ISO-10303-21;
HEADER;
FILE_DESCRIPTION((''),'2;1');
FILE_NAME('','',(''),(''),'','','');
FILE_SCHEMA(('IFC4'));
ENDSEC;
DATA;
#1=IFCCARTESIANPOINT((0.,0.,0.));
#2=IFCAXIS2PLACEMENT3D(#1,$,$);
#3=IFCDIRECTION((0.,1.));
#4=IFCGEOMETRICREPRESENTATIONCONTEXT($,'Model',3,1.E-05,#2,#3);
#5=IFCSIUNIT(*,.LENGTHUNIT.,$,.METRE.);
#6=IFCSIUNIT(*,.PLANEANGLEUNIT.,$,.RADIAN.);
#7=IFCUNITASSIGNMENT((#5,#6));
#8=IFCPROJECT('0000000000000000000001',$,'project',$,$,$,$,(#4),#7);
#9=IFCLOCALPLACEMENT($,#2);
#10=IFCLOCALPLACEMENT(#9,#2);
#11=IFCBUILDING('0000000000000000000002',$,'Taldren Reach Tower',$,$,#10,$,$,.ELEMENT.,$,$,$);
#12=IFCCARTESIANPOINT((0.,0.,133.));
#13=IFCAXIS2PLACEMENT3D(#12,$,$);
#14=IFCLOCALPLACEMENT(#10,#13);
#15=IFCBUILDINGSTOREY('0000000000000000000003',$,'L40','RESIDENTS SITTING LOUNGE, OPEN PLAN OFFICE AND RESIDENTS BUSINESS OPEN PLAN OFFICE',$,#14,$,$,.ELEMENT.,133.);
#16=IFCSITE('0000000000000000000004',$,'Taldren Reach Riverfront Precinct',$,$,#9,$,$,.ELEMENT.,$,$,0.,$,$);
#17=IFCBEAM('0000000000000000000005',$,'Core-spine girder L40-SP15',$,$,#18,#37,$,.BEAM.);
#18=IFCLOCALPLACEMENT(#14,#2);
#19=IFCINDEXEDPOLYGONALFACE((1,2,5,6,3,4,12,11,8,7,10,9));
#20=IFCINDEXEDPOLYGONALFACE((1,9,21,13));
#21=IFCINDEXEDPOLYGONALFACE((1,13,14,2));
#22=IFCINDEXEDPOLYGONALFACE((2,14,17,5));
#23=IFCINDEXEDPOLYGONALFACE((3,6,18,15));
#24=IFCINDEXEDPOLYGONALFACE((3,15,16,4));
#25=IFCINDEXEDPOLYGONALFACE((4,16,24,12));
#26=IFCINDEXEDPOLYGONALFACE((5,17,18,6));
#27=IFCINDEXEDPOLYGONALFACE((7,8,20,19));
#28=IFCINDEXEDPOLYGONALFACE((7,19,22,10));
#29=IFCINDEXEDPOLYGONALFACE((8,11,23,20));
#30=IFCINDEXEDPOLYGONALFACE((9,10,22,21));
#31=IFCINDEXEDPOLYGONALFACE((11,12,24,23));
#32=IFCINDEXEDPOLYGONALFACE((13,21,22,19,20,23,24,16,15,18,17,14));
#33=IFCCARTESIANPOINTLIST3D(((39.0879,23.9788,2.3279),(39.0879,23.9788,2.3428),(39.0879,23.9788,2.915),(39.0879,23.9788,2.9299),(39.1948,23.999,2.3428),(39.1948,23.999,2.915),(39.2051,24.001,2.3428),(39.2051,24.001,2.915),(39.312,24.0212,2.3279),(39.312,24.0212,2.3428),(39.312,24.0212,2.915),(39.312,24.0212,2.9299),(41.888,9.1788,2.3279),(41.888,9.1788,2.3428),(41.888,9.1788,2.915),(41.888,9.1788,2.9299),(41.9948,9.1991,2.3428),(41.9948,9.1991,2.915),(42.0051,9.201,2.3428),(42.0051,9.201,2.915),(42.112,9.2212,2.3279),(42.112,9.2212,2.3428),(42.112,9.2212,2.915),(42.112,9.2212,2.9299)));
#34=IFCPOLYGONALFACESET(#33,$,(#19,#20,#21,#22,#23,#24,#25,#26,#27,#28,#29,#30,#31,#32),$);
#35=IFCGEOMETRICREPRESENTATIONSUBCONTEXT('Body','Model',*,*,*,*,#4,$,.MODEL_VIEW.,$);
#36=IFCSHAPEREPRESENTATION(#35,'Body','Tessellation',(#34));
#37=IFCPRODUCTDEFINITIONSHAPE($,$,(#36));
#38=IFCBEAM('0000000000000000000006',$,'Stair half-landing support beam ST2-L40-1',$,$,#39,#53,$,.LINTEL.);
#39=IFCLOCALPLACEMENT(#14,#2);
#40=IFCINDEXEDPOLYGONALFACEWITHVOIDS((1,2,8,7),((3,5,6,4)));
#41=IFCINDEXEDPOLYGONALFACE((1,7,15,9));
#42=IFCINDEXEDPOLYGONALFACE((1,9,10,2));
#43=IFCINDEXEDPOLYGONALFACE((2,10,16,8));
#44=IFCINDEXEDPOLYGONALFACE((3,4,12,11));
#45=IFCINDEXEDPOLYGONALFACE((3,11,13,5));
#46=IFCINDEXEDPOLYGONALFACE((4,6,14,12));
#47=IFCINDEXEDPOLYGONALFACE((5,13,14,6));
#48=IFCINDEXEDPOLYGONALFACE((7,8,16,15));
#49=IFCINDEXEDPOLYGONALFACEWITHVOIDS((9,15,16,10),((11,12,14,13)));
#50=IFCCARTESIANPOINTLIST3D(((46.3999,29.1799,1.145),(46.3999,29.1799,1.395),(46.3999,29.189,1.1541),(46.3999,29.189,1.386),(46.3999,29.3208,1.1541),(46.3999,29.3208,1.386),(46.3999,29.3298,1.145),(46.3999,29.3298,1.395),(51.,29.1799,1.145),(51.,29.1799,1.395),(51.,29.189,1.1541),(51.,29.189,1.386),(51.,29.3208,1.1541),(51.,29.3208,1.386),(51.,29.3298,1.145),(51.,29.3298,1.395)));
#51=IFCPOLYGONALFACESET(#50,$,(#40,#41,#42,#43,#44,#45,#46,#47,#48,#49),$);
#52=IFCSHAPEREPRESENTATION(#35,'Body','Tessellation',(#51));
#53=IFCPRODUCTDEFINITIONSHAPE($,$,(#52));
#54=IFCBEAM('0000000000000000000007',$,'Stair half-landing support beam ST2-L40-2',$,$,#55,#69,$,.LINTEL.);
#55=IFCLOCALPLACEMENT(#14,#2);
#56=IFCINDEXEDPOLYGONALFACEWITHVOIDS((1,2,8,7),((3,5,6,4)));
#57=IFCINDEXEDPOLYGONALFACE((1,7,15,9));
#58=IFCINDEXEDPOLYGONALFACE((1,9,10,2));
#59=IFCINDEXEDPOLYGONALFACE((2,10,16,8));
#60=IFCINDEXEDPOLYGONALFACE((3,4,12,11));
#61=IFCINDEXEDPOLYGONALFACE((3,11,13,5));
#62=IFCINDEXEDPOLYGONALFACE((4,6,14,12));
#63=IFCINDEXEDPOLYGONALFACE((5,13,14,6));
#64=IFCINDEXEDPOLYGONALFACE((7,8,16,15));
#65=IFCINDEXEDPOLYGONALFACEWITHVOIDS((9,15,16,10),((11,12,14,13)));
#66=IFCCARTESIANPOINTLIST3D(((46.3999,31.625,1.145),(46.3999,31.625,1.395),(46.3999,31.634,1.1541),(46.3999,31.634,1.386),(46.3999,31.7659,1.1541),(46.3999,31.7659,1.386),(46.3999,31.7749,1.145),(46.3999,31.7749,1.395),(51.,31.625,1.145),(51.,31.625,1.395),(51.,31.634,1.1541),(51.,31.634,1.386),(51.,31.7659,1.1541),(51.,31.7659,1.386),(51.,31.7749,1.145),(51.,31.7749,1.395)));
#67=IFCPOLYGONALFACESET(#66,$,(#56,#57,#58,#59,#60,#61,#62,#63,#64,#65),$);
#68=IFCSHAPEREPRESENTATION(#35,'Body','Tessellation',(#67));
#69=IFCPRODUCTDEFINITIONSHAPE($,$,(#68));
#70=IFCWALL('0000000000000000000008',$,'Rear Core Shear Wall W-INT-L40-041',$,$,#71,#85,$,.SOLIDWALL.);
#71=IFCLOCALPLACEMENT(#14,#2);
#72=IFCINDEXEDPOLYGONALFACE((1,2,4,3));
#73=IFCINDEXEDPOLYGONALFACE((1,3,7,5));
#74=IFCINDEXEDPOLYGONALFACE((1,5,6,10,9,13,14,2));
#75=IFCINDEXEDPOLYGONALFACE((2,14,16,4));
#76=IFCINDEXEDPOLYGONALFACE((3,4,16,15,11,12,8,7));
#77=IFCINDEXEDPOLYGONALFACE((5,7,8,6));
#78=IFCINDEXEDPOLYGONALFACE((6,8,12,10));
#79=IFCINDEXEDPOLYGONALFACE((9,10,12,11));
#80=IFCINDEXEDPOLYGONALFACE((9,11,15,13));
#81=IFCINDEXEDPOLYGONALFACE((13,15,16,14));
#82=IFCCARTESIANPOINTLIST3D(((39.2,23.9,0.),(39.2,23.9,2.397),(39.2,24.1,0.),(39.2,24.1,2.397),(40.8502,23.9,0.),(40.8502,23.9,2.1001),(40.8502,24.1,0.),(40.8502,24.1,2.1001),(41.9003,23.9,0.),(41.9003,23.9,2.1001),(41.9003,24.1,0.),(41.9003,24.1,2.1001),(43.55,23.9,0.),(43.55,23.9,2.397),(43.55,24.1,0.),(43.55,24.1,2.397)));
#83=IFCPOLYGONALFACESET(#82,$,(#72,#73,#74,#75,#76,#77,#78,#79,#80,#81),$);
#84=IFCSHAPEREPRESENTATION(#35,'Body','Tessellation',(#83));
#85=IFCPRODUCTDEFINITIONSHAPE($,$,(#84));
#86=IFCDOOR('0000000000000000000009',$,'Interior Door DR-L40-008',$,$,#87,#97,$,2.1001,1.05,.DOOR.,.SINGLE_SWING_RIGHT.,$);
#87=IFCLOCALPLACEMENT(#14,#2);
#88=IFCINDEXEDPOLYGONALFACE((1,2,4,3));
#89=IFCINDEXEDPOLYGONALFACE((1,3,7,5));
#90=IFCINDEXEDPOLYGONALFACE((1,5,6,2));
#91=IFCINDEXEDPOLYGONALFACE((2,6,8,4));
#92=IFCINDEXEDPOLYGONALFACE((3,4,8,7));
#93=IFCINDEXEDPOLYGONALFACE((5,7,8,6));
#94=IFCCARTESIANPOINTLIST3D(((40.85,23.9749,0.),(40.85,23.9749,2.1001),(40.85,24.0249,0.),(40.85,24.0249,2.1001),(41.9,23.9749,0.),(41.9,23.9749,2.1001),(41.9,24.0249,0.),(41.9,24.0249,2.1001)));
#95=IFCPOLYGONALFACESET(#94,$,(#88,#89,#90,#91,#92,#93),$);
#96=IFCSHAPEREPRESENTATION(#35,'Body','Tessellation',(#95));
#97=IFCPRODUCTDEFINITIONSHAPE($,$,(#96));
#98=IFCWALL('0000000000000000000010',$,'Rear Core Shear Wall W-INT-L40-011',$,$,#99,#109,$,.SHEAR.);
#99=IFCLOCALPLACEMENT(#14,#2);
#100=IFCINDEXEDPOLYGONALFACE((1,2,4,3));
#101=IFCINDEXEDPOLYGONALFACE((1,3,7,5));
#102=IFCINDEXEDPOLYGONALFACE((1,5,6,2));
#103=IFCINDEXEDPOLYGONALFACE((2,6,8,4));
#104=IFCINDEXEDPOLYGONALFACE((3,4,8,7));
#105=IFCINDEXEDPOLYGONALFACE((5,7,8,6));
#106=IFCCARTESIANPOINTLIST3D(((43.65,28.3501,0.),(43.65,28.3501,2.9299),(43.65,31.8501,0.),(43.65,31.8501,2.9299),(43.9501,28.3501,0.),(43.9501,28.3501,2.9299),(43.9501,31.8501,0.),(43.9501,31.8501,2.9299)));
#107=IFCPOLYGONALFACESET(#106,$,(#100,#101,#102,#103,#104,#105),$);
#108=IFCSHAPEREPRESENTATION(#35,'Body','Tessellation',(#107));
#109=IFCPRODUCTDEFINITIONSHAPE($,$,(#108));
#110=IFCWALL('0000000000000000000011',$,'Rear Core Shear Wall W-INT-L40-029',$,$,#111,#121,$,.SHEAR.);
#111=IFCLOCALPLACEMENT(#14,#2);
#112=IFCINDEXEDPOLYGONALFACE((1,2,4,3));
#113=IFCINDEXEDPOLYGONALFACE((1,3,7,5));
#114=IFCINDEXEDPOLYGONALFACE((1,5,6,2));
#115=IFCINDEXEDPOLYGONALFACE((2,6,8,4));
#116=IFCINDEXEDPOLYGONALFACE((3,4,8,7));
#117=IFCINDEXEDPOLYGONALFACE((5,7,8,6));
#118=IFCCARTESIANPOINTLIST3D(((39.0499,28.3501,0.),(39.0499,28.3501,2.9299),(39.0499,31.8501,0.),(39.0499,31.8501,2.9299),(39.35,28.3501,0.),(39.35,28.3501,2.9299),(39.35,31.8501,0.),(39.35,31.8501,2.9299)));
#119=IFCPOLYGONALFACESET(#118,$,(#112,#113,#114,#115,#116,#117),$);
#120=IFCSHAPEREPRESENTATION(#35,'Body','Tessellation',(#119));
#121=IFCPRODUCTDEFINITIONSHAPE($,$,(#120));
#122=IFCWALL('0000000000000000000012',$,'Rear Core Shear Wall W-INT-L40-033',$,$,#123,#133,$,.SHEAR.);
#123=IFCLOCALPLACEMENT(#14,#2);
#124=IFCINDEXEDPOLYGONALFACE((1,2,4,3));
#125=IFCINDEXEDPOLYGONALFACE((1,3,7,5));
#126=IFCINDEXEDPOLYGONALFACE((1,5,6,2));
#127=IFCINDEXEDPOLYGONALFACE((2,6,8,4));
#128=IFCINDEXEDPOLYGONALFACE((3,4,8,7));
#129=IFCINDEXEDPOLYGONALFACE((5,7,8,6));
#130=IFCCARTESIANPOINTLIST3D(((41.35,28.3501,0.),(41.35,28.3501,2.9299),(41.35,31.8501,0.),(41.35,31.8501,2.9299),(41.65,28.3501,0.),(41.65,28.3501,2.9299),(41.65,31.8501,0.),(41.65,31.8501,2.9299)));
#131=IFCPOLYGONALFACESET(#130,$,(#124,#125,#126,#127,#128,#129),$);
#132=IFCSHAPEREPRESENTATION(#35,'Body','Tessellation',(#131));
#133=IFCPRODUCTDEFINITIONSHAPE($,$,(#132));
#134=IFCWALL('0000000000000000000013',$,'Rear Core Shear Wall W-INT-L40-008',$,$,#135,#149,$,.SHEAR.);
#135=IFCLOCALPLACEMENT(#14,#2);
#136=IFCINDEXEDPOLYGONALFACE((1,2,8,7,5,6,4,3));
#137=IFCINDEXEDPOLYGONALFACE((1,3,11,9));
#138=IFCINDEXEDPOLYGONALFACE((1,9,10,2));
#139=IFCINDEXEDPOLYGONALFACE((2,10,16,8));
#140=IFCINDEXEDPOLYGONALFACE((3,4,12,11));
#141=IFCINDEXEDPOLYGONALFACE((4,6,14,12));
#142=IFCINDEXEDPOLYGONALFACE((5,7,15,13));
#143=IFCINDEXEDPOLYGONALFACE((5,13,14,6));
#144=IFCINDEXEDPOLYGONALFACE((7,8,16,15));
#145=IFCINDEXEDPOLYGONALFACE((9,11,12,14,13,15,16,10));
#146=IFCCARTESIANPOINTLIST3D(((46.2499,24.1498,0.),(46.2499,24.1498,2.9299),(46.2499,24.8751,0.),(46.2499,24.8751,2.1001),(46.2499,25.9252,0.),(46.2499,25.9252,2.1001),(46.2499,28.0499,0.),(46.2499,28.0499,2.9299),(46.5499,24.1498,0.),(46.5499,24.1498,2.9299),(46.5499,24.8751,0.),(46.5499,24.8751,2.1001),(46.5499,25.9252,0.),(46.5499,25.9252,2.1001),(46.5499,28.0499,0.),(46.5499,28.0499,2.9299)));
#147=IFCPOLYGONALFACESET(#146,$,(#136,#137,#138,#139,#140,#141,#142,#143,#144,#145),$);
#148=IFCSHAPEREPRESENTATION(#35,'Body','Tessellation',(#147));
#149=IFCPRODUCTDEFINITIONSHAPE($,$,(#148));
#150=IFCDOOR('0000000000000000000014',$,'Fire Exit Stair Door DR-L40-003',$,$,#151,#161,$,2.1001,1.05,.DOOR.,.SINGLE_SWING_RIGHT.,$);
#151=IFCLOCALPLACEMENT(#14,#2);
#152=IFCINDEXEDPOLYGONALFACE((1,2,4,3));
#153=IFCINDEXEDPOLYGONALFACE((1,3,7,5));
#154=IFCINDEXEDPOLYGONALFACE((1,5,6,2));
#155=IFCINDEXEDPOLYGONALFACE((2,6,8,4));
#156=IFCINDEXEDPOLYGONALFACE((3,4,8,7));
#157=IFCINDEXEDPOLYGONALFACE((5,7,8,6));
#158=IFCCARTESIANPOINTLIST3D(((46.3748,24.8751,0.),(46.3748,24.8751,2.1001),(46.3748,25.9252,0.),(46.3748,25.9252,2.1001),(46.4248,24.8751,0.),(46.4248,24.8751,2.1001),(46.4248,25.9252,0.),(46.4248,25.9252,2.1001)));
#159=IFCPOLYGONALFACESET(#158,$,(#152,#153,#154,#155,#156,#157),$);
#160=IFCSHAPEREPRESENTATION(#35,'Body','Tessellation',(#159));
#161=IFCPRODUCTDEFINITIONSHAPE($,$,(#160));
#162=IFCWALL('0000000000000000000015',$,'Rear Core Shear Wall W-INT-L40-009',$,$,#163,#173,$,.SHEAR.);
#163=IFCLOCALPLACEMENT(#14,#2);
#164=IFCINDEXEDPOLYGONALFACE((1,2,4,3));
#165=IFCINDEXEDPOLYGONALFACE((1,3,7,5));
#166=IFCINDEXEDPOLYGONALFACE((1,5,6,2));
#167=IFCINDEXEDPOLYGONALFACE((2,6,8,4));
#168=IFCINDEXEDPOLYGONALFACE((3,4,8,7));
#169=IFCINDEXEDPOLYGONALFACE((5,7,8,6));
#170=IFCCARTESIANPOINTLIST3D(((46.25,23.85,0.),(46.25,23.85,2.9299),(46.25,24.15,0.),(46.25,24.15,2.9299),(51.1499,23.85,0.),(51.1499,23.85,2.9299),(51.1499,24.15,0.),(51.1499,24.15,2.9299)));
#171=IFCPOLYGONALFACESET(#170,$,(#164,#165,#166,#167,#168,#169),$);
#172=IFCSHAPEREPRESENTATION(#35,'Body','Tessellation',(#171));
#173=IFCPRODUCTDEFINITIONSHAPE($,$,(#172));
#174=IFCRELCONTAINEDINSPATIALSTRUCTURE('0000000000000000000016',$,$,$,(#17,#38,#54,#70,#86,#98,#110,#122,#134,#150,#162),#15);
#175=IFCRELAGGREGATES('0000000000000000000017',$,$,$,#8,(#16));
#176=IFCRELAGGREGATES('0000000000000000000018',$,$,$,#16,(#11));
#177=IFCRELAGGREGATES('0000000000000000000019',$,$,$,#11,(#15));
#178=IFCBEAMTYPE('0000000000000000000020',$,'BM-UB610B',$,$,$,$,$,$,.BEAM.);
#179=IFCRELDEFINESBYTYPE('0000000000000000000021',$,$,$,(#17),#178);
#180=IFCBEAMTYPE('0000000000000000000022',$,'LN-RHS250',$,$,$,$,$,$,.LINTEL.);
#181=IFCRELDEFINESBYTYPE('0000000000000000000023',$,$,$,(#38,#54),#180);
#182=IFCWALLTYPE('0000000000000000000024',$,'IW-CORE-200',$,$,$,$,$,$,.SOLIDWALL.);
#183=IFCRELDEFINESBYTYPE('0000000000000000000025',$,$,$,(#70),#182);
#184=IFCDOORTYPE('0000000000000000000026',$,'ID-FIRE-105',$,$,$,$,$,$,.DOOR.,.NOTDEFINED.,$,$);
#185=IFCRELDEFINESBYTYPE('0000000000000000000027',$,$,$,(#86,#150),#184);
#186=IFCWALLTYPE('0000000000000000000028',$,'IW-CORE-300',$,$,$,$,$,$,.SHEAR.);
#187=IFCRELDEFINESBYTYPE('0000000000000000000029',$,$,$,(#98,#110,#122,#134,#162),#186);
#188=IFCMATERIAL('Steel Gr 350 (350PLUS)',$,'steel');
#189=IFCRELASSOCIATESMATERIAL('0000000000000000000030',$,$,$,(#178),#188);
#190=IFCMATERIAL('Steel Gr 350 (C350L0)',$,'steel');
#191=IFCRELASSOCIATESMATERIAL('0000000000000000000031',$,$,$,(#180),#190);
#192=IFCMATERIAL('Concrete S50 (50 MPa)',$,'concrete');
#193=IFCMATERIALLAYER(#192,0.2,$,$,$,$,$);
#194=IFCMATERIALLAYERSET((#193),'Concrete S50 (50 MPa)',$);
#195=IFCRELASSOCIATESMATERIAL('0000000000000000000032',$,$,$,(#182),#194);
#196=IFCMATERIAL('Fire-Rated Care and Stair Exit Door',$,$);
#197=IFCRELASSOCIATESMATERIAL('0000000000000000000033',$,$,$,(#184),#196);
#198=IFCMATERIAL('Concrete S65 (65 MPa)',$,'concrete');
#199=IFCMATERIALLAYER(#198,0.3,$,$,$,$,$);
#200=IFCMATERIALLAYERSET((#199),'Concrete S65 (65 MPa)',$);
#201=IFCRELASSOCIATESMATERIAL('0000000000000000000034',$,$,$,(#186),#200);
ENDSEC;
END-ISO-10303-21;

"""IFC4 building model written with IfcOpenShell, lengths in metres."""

from ifc_helpers import new_model, si_unit, direction, frame, frame_2d, origin, origin_2d, place, context, subcontext, project, spatial, rectangle, hollow_rectangle, i_section, extrude, source, transform, mapped, material, layer, layer_set, material_profile, profile_set, type_object, element, fill, save


model = new_model("IFC4")

# Units and contexts
model_context = context("Model", 3, precision=1e-05, world=origin(), true_north=direction((0.0, 1.0)))
body_context = subcontext(model_context, "Body", "Model", "MODEL_VIEW")
ifc_project = project(units=[si_unit("LENGTHUNIT", "METRE"), si_unit("PLANEANGLEUNIT", "RADIAN")], contexts=[model_context])

# Site, building, storey
site_placement = place(None, origin())
site = spatial("IfcSite", under=ifc_project, at=site_placement, Name="Taldren Reach Riverfront Precinct", CompositionType="ELEMENT", RefElevation=0.0)
building_placement = place(site_placement, origin())
building = spatial("IfcBuilding", under=site, at=building_placement, Name="Taldren Reach Tower", CompositionType="ELEMENT")
storey_placement = place(building_placement, frame((0.0, 0.0, 133.0)))
storey = spatial("IfcBuildingStorey", under=building, at=storey_placement, Name="L40", Description="RESIDENTS SITTING LOUNGE, OPEN PLAN OFFICE AND RESIDENTS BUSINESS OPEN PLAN OFFICE", CompositionType="ELEMENT", Elevation=133.0)

# Beams
ifc_material_1 = material(Name="Steel Gr 350 (350PLUS)", Category="steel")
ifc_material_profile_1 = material_profile(ifc_material_1, i_section(OverallWidth=0.228, OverallDepth=0.6021, WebThickness=0.0105, FlangeThickness=0.0149, at=origin_2d()), Name="610UB101")
ifc_profile_set_1 = profile_set([ifc_material_profile_1], Name="Steel Gr 350 (350PLUS)")
beam_type_1 = type_object("IfcBeamType", Name="BM-UB610B", PredefinedType="BEAM", material=ifc_profile_set_1)
shared_shape_1 = source(origin(), body_context, "Body", "SweptSolid", [
    extrude(i_section(OverallWidth=0.228, OverallDepth=0.6021, WebThickness=0.0105, FlangeThickness=0.0149, at=origin_2d()), origin(), (0.0, 0.0, 1.0), 15.0625),
])
beam_placement = place(storey_placement, frame((39.2, 24.0, 2.6289), z_axis=(0.185894, -0.98257, 0.0), x_axis=(0.98257, 0.185894, 0.0)))
element("IfcBeam", 1, at=beam_placement, inside=storey, type_object=beam_type_1, Name="Core-spine girder L40-SP15", PredefinedType="BEAM", context=body_context, shape_type="MappedRepresentation", body=[
    mapped(shared_shape_1, transform((0.0, 0.0, 0.0), scale=1.0)),
])
ifc_material_2 = material(Name="Steel Gr 350 (C350L0)", Category="steel")
ifc_material_profile_2 = material_profile(ifc_material_2, hollow_rectangle(XDim=0.1499, YDim=0.25, WallThickness=0.009, at=origin_2d()), Name="250x150x9.0RHS")
ifc_profile_set_2 = profile_set([ifc_material_profile_2], Name="Steel Gr 350 (C350L0)")
beam_type_2 = type_object("IfcBeamType", Name="LN-RHS250", PredefinedType="LINTEL", material=ifc_profile_set_2)
shared_shape_2 = source(origin(), body_context, "Body", "SweptSolid", [
    extrude(hollow_rectangle(XDim=0.1499, YDim=0.25, WallThickness=0.009, at=origin_2d()), origin(), (0.0, 0.0, 1.0), 4.6001),
])
for number, where, z_axis, x_axis, name in (
    (2, (46.3999, 29.2549, 1.27), (1.0, 0.0, 0.0), (0.0, 1.0, 0.0), "Stair half-landing support beam ST2-L40-1"),
    (3, (46.3999, 31.7, 1.27), (1.0, 0.0, 0.0), (0.0, 1.0, 0.0), "Stair half-landing support beam ST2-L40-2"),
):
    element("IfcBeam", number, at=place(storey_placement, frame(where, z_axis=z_axis, x_axis=x_axis)), inside=storey, type_object=beam_type_2, Name=name, PredefinedType="LINTEL", context=body_context, shape_type="MappedRepresentation", body=[
        mapped(shared_shape_2, transform((0.0, 0.0, 0.0), scale=1.0)),
    ])

# Wall, opening, door
ifc_material_3 = material(Name="Concrete S50 (50 MPa)", Category="concrete")
ifc_layer_1 = layer(ifc_material_3, 0.2)
ifc_layer_set_1 = layer_set([ifc_layer_1], Name="Concrete S50 (50 MPa)")
wall_type_1 = type_object("IfcWallType", Name="IW-CORE-200", PredefinedType="SOLIDWALL", material=ifc_layer_set_1)
shared_shape_3 = source(origin(), body_context, "Body", "SweptSolid", [
    extrude(rectangle(XDim=4.3501, YDim=0.2, at=frame_2d((2.175, 0.0))), origin(), (0.0, 0.0, 1.0), 2.397),
])
wall_1_placement = place(storey_placement, frame((43.55, 24.0, 0.0), z_axis=(0.0, 0.0, 1.0), x_axis=(-1.0, 0.0, 0.0)))
wall_1 = element("IfcWall", 4, at=wall_1_placement, inside=storey, type_object=wall_type_1, Name="Rear Core Shear Wall W-INT-L40-041", PredefinedType="SOLIDWALL", context=body_context, shape_type="MappedRepresentation", body=[
    mapped(shared_shape_3, transform((0.0, 0.0, 0.0), scale=1.0)),
])
shared_shape_4 = source(origin(), body_context, "Body", "SweptSolid", [
    extrude(rectangle(XDim=1.05, YDim=2.1001, at=frame_2d((0.5249, 1.05))), frame((0.0, 0.1099, 0.0), z_axis=(0.0, -1.0, 0.0), x_axis=(1.0, 0.0, 0.0)), (0.0, 0.0, 1.0), 0.22),
])
opening_1_placement = place(wall_1_placement, frame((1.6499, 0.0, 0.0)))
opening_1 = element("IfcOpeningElement", 5, at=opening_1_placement, cuts=wall_1, PredefinedType="OPENING", context=body_context, shape_type="MappedRepresentation", body=[
    mapped(shared_shape_4, transform((0.0, 0.0, 0.0), scale=1.0)),
])
ifc_material_4 = material(Name="Fire-Rated Care and Stair Exit Door")
door_type_1 = type_object("IfcDoorType", Name="ID-FIRE-105", OperationType="NOTDEFINED", PredefinedType="DOOR", material=ifc_material_4)
shared_shape_5 = source(origin(), body_context, "Body", "SweptSolid", [
    extrude(rectangle(XDim=1.05, YDim=2.1001, at=frame_2d((0.5249, 1.05))), frame((0.0, 0.0249, 0.0), z_axis=(0.0, -1.0, 0.0), x_axis=(1.0, 0.0, 0.0)), (0.0, 0.0, 1.0), 0.05),
])
door_1_placement = place(opening_1_placement, frame((1.05, 0.0, 0.0), z_axis=(0.0, 0.0, 1.0), x_axis=(-1.0, 0.0, 0.0)))
door_1 = element("IfcDoor", 6, at=door_1_placement, inside=storey, type_object=door_type_1, Name="Interior Door DR-L40-008", OperationType="SINGLE_SWING_RIGHT", OverallHeight=2.1001, OverallWidth=1.05, PredefinedType="DOOR", context=body_context, shape_type="MappedRepresentation", body=[
    mapped(shared_shape_5, transform((0.0, 0.0, 0.0), scale=1.0)),
])
fill(opening_1, door_1)

# Walls
ifc_material_5 = material(Name="Concrete S65 (65 MPa)", Category="concrete")
ifc_layer_2 = layer(ifc_material_5, 0.3)
ifc_layer_set_2 = layer_set([ifc_layer_2], Name="Concrete S65 (65 MPa)")
wall_type_2 = type_object("IfcWallType", Name="IW-CORE-300", PredefinedType="SHEAR", material=ifc_layer_set_2)
shared_shape_6 = source(origin(), body_context, "Body", "SweptSolid", [
    extrude(rectangle(XDim=3.5, YDim=0.3, at=frame_2d((1.75, 0.0))), origin(), (0.0, 0.0, 1.0), 2.9299),
])
for number, where, z_axis, x_axis, name in (
    (7, (43.8, 31.8501, 0.0), (0.0, 0.0, 1.0), (0.0, -1.0, 0.0), "Rear Core Shear Wall W-INT-L40-011"),
    (8, (39.2, 28.3501, 0.0), (0.0, 0.0, 1.0), (0.0, 1.0, 0.0), "Rear Core Shear Wall W-INT-L40-029"),
    (9, (41.5, 28.3501, 0.0), (0.0, 0.0, 1.0), (0.0, 1.0, 0.0), "Rear Core Shear Wall W-INT-L40-033"),
):
    element("IfcWall", number, at=place(storey_placement, frame(where, z_axis=z_axis, x_axis=x_axis)), inside=storey, type_object=wall_type_2, Name=name, PredefinedType="SHEAR", context=body_context, shape_type="MappedRepresentation", body=[
        mapped(shared_shape_6, transform((0.0, 0.0, 0.0), scale=1.0)),
    ])

# Wall, opening, door
shared_shape_7 = source(origin(), body_context, "Body", "SweptSolid", [
    extrude(rectangle(XDim=3.9001, YDim=0.3, at=frame_2d((1.9502, 0.0))), origin(), (0.0, 0.0, 1.0), 2.9299),
])
wall_2_placement = place(storey_placement, frame((46.3999, 28.05, 0.0), z_axis=(0.0, 0.0, 1.0), x_axis=(0.0, -1.0, 0.0)))
wall_2 = element("IfcWall", 10, at=wall_2_placement, inside=storey, type_object=wall_type_2, Name="Rear Core Shear Wall W-INT-L40-008", PredefinedType="SHEAR", context=body_context, shape_type="MappedRepresentation", body=[
    mapped(shared_shape_7, transform((0.0, 0.0, 0.0), scale=1.0)),
])
shared_shape_8 = source(origin(), body_context, "Body", "SweptSolid", [
    extrude(rectangle(XDim=1.05, YDim=2.1001, at=frame_2d((0.5249, 1.05))), frame((0.0, 0.1602, 0.0), z_axis=(0.0, -1.0, 0.0), x_axis=(1.0, 0.0, 0.0)), (0.0, 0.0, 1.0), 0.3201),
])
opening_2_placement = place(wall_2_placement, frame((2.125, 0.0, 0.0)))
opening_2 = element("IfcOpeningElement", 11, at=opening_2_placement, cuts=wall_2, PredefinedType="OPENING", context=body_context, shape_type="MappedRepresentation", body=[
    mapped(shared_shape_8, transform((0.0, 0.0, 0.0), scale=1.0)),
])
door_2_placement = place(opening_2_placement, origin())
door_2 = element("IfcDoor", 12, at=door_2_placement, inside=storey, type_object=door_type_1, Name="Fire Exit Stair Door DR-L40-003", OperationType="SINGLE_SWING_RIGHT", OverallHeight=2.1001, OverallWidth=1.05, PredefinedType="DOOR", context=body_context, shape_type="MappedRepresentation", body=[
    mapped(shared_shape_5, transform((0.0, 0.0, 0.0), scale=1.0)),
])
fill(opening_2, door_2)

# Wall
shared_shape_9 = source(origin(), body_context, "Body", "SweptSolid", [
    extrude(rectangle(XDim=4.8999, YDim=0.3, at=frame_2d((2.45, 0.0))), origin(), (0.0, 0.0, 1.0), 2.9299),
])
wall_3_placement = place(storey_placement, frame((46.25, 24.0, 0.0), z_axis=(0.0, 0.0, 1.0), x_axis=(1.0, 0.0, 0.0)))
element("IfcWall", 13, at=wall_3_placement, inside=storey, type_object=wall_type_2, Name="Rear Core Shear Wall W-INT-L40-009", PredefinedType="SHEAR", context=body_context, shape_type="MappedRepresentation", body=[
    mapped(shared_shape_9, transform((0.0, 0.0, 0.0), scale=1.0)),
])

save(model, "model.ifc")
